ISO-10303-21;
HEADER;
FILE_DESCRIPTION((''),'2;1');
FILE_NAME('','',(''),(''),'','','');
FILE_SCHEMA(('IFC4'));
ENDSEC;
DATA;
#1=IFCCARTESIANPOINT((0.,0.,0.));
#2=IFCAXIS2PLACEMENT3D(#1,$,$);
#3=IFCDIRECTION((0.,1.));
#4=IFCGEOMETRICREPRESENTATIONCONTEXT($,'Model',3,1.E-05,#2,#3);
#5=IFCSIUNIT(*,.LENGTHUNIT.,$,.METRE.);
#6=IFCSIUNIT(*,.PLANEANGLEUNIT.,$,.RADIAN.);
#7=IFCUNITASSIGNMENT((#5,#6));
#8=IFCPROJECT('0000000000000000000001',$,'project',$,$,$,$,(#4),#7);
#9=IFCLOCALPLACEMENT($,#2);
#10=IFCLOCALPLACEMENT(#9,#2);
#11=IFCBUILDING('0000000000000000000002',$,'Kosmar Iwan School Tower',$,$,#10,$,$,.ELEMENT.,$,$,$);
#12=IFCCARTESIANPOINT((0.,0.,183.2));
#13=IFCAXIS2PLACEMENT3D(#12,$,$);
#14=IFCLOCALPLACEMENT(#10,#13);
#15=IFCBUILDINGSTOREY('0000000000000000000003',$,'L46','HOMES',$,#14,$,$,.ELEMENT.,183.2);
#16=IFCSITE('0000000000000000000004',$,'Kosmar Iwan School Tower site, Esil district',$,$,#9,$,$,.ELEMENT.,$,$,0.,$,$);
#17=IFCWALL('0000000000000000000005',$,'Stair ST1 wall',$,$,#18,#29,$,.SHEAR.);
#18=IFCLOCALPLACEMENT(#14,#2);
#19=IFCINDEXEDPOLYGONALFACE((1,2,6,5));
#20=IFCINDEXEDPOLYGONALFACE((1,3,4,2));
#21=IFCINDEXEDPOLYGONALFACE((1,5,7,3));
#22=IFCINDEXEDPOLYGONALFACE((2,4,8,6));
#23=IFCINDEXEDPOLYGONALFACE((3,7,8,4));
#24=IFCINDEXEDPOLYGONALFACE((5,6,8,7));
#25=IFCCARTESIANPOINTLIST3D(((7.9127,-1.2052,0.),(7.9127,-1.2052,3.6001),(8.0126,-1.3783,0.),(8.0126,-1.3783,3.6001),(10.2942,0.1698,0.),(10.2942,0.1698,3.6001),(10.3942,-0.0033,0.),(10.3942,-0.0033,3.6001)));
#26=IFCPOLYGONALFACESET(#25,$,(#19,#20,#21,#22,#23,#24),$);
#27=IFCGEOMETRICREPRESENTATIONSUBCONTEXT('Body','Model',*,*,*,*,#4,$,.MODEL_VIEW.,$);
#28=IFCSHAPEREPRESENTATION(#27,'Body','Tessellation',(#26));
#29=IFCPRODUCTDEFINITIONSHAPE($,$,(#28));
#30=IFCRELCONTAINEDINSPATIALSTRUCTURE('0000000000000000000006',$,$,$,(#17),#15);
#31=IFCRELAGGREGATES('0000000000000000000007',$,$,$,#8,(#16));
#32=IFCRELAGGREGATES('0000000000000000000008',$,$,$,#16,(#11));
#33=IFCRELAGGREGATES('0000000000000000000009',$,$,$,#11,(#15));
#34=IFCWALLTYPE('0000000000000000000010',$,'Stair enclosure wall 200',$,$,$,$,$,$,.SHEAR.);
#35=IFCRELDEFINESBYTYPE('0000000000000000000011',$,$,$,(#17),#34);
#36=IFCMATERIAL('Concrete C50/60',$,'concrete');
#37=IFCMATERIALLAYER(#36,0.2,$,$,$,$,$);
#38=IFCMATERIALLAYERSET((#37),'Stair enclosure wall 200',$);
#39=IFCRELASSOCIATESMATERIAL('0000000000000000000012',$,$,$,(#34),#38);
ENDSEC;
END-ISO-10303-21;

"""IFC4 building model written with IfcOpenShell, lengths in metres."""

from ifc_helpers import new_model, si_unit, direction, frame, frame_2d, origin, place, context, subcontext, project, spatial, rectangle, extrude, material, layer, layer_set, type_object, element, save


model = new_model("IFC4")

# Units and contexts
model_context = context("Model", 3, precision=1e-05, world=origin(), true_north=direction((0.0, 1.0)))
body_context = subcontext(model_context, "Body", "Model", "MODEL_VIEW")
ifc_project = project(units=[si_unit("LENGTHUNIT", "METRE"), si_unit("PLANEANGLEUNIT", "RADIAN")], contexts=[model_context])

# Site, building, storey
site_placement = place(None, origin())
site = spatial("IfcSite", under=ifc_project, at=site_placement, Name="Kosmar Iwan School Tower site, Esil district", CompositionType="ELEMENT", RefElevation=0.0)
building_placement = place(site_placement, origin())
building = spatial("IfcBuilding", under=site, at=building_placement, Name="Kosmar Iwan School Tower", CompositionType="ELEMENT")
storey_placement = place(building_placement, frame((0.0, 0.0, 183.2)))
storey = spatial("IfcBuildingStorey", under=building, at=storey_placement, Name="L46", Description="HOMES", CompositionType="ELEMENT", Elevation=183.2)

# Wall
ifc_material_1 = material(Name="Concrete C50/60", Category="concrete")
ifc_layer_1 = layer(ifc_material_1, 0.2)
ifc_layer_set_1 = layer_set([ifc_layer_1], Name="Stair enclosure wall 200")
wall_type_1 = type_object("IfcWallType", Name="Stair enclosure wall 200", PredefinedType="SHEAR", material=ifc_layer_set_1)
wall_1_placement = place(storey_placement, frame((7.9626, -1.2917, 0.0), z_axis=(0.0, 0.0, 1.0), x_axis=(0.866027, 0.499997, 0.0)))
element("IfcWall", 1, at=wall_1_placement, inside=storey, type_object=wall_type_1, Name="Stair ST1 wall", PredefinedType="SHEAR", context=body_context, shape_type="SweptSolid", body=[
    extrude(rectangle(XDim=2.75, YDim=0.2, at=frame_2d((1.375, 0.0))), origin(), (0.0, 0.0, 1.0), 3.6001),
])

save(model, "model.ifc")
